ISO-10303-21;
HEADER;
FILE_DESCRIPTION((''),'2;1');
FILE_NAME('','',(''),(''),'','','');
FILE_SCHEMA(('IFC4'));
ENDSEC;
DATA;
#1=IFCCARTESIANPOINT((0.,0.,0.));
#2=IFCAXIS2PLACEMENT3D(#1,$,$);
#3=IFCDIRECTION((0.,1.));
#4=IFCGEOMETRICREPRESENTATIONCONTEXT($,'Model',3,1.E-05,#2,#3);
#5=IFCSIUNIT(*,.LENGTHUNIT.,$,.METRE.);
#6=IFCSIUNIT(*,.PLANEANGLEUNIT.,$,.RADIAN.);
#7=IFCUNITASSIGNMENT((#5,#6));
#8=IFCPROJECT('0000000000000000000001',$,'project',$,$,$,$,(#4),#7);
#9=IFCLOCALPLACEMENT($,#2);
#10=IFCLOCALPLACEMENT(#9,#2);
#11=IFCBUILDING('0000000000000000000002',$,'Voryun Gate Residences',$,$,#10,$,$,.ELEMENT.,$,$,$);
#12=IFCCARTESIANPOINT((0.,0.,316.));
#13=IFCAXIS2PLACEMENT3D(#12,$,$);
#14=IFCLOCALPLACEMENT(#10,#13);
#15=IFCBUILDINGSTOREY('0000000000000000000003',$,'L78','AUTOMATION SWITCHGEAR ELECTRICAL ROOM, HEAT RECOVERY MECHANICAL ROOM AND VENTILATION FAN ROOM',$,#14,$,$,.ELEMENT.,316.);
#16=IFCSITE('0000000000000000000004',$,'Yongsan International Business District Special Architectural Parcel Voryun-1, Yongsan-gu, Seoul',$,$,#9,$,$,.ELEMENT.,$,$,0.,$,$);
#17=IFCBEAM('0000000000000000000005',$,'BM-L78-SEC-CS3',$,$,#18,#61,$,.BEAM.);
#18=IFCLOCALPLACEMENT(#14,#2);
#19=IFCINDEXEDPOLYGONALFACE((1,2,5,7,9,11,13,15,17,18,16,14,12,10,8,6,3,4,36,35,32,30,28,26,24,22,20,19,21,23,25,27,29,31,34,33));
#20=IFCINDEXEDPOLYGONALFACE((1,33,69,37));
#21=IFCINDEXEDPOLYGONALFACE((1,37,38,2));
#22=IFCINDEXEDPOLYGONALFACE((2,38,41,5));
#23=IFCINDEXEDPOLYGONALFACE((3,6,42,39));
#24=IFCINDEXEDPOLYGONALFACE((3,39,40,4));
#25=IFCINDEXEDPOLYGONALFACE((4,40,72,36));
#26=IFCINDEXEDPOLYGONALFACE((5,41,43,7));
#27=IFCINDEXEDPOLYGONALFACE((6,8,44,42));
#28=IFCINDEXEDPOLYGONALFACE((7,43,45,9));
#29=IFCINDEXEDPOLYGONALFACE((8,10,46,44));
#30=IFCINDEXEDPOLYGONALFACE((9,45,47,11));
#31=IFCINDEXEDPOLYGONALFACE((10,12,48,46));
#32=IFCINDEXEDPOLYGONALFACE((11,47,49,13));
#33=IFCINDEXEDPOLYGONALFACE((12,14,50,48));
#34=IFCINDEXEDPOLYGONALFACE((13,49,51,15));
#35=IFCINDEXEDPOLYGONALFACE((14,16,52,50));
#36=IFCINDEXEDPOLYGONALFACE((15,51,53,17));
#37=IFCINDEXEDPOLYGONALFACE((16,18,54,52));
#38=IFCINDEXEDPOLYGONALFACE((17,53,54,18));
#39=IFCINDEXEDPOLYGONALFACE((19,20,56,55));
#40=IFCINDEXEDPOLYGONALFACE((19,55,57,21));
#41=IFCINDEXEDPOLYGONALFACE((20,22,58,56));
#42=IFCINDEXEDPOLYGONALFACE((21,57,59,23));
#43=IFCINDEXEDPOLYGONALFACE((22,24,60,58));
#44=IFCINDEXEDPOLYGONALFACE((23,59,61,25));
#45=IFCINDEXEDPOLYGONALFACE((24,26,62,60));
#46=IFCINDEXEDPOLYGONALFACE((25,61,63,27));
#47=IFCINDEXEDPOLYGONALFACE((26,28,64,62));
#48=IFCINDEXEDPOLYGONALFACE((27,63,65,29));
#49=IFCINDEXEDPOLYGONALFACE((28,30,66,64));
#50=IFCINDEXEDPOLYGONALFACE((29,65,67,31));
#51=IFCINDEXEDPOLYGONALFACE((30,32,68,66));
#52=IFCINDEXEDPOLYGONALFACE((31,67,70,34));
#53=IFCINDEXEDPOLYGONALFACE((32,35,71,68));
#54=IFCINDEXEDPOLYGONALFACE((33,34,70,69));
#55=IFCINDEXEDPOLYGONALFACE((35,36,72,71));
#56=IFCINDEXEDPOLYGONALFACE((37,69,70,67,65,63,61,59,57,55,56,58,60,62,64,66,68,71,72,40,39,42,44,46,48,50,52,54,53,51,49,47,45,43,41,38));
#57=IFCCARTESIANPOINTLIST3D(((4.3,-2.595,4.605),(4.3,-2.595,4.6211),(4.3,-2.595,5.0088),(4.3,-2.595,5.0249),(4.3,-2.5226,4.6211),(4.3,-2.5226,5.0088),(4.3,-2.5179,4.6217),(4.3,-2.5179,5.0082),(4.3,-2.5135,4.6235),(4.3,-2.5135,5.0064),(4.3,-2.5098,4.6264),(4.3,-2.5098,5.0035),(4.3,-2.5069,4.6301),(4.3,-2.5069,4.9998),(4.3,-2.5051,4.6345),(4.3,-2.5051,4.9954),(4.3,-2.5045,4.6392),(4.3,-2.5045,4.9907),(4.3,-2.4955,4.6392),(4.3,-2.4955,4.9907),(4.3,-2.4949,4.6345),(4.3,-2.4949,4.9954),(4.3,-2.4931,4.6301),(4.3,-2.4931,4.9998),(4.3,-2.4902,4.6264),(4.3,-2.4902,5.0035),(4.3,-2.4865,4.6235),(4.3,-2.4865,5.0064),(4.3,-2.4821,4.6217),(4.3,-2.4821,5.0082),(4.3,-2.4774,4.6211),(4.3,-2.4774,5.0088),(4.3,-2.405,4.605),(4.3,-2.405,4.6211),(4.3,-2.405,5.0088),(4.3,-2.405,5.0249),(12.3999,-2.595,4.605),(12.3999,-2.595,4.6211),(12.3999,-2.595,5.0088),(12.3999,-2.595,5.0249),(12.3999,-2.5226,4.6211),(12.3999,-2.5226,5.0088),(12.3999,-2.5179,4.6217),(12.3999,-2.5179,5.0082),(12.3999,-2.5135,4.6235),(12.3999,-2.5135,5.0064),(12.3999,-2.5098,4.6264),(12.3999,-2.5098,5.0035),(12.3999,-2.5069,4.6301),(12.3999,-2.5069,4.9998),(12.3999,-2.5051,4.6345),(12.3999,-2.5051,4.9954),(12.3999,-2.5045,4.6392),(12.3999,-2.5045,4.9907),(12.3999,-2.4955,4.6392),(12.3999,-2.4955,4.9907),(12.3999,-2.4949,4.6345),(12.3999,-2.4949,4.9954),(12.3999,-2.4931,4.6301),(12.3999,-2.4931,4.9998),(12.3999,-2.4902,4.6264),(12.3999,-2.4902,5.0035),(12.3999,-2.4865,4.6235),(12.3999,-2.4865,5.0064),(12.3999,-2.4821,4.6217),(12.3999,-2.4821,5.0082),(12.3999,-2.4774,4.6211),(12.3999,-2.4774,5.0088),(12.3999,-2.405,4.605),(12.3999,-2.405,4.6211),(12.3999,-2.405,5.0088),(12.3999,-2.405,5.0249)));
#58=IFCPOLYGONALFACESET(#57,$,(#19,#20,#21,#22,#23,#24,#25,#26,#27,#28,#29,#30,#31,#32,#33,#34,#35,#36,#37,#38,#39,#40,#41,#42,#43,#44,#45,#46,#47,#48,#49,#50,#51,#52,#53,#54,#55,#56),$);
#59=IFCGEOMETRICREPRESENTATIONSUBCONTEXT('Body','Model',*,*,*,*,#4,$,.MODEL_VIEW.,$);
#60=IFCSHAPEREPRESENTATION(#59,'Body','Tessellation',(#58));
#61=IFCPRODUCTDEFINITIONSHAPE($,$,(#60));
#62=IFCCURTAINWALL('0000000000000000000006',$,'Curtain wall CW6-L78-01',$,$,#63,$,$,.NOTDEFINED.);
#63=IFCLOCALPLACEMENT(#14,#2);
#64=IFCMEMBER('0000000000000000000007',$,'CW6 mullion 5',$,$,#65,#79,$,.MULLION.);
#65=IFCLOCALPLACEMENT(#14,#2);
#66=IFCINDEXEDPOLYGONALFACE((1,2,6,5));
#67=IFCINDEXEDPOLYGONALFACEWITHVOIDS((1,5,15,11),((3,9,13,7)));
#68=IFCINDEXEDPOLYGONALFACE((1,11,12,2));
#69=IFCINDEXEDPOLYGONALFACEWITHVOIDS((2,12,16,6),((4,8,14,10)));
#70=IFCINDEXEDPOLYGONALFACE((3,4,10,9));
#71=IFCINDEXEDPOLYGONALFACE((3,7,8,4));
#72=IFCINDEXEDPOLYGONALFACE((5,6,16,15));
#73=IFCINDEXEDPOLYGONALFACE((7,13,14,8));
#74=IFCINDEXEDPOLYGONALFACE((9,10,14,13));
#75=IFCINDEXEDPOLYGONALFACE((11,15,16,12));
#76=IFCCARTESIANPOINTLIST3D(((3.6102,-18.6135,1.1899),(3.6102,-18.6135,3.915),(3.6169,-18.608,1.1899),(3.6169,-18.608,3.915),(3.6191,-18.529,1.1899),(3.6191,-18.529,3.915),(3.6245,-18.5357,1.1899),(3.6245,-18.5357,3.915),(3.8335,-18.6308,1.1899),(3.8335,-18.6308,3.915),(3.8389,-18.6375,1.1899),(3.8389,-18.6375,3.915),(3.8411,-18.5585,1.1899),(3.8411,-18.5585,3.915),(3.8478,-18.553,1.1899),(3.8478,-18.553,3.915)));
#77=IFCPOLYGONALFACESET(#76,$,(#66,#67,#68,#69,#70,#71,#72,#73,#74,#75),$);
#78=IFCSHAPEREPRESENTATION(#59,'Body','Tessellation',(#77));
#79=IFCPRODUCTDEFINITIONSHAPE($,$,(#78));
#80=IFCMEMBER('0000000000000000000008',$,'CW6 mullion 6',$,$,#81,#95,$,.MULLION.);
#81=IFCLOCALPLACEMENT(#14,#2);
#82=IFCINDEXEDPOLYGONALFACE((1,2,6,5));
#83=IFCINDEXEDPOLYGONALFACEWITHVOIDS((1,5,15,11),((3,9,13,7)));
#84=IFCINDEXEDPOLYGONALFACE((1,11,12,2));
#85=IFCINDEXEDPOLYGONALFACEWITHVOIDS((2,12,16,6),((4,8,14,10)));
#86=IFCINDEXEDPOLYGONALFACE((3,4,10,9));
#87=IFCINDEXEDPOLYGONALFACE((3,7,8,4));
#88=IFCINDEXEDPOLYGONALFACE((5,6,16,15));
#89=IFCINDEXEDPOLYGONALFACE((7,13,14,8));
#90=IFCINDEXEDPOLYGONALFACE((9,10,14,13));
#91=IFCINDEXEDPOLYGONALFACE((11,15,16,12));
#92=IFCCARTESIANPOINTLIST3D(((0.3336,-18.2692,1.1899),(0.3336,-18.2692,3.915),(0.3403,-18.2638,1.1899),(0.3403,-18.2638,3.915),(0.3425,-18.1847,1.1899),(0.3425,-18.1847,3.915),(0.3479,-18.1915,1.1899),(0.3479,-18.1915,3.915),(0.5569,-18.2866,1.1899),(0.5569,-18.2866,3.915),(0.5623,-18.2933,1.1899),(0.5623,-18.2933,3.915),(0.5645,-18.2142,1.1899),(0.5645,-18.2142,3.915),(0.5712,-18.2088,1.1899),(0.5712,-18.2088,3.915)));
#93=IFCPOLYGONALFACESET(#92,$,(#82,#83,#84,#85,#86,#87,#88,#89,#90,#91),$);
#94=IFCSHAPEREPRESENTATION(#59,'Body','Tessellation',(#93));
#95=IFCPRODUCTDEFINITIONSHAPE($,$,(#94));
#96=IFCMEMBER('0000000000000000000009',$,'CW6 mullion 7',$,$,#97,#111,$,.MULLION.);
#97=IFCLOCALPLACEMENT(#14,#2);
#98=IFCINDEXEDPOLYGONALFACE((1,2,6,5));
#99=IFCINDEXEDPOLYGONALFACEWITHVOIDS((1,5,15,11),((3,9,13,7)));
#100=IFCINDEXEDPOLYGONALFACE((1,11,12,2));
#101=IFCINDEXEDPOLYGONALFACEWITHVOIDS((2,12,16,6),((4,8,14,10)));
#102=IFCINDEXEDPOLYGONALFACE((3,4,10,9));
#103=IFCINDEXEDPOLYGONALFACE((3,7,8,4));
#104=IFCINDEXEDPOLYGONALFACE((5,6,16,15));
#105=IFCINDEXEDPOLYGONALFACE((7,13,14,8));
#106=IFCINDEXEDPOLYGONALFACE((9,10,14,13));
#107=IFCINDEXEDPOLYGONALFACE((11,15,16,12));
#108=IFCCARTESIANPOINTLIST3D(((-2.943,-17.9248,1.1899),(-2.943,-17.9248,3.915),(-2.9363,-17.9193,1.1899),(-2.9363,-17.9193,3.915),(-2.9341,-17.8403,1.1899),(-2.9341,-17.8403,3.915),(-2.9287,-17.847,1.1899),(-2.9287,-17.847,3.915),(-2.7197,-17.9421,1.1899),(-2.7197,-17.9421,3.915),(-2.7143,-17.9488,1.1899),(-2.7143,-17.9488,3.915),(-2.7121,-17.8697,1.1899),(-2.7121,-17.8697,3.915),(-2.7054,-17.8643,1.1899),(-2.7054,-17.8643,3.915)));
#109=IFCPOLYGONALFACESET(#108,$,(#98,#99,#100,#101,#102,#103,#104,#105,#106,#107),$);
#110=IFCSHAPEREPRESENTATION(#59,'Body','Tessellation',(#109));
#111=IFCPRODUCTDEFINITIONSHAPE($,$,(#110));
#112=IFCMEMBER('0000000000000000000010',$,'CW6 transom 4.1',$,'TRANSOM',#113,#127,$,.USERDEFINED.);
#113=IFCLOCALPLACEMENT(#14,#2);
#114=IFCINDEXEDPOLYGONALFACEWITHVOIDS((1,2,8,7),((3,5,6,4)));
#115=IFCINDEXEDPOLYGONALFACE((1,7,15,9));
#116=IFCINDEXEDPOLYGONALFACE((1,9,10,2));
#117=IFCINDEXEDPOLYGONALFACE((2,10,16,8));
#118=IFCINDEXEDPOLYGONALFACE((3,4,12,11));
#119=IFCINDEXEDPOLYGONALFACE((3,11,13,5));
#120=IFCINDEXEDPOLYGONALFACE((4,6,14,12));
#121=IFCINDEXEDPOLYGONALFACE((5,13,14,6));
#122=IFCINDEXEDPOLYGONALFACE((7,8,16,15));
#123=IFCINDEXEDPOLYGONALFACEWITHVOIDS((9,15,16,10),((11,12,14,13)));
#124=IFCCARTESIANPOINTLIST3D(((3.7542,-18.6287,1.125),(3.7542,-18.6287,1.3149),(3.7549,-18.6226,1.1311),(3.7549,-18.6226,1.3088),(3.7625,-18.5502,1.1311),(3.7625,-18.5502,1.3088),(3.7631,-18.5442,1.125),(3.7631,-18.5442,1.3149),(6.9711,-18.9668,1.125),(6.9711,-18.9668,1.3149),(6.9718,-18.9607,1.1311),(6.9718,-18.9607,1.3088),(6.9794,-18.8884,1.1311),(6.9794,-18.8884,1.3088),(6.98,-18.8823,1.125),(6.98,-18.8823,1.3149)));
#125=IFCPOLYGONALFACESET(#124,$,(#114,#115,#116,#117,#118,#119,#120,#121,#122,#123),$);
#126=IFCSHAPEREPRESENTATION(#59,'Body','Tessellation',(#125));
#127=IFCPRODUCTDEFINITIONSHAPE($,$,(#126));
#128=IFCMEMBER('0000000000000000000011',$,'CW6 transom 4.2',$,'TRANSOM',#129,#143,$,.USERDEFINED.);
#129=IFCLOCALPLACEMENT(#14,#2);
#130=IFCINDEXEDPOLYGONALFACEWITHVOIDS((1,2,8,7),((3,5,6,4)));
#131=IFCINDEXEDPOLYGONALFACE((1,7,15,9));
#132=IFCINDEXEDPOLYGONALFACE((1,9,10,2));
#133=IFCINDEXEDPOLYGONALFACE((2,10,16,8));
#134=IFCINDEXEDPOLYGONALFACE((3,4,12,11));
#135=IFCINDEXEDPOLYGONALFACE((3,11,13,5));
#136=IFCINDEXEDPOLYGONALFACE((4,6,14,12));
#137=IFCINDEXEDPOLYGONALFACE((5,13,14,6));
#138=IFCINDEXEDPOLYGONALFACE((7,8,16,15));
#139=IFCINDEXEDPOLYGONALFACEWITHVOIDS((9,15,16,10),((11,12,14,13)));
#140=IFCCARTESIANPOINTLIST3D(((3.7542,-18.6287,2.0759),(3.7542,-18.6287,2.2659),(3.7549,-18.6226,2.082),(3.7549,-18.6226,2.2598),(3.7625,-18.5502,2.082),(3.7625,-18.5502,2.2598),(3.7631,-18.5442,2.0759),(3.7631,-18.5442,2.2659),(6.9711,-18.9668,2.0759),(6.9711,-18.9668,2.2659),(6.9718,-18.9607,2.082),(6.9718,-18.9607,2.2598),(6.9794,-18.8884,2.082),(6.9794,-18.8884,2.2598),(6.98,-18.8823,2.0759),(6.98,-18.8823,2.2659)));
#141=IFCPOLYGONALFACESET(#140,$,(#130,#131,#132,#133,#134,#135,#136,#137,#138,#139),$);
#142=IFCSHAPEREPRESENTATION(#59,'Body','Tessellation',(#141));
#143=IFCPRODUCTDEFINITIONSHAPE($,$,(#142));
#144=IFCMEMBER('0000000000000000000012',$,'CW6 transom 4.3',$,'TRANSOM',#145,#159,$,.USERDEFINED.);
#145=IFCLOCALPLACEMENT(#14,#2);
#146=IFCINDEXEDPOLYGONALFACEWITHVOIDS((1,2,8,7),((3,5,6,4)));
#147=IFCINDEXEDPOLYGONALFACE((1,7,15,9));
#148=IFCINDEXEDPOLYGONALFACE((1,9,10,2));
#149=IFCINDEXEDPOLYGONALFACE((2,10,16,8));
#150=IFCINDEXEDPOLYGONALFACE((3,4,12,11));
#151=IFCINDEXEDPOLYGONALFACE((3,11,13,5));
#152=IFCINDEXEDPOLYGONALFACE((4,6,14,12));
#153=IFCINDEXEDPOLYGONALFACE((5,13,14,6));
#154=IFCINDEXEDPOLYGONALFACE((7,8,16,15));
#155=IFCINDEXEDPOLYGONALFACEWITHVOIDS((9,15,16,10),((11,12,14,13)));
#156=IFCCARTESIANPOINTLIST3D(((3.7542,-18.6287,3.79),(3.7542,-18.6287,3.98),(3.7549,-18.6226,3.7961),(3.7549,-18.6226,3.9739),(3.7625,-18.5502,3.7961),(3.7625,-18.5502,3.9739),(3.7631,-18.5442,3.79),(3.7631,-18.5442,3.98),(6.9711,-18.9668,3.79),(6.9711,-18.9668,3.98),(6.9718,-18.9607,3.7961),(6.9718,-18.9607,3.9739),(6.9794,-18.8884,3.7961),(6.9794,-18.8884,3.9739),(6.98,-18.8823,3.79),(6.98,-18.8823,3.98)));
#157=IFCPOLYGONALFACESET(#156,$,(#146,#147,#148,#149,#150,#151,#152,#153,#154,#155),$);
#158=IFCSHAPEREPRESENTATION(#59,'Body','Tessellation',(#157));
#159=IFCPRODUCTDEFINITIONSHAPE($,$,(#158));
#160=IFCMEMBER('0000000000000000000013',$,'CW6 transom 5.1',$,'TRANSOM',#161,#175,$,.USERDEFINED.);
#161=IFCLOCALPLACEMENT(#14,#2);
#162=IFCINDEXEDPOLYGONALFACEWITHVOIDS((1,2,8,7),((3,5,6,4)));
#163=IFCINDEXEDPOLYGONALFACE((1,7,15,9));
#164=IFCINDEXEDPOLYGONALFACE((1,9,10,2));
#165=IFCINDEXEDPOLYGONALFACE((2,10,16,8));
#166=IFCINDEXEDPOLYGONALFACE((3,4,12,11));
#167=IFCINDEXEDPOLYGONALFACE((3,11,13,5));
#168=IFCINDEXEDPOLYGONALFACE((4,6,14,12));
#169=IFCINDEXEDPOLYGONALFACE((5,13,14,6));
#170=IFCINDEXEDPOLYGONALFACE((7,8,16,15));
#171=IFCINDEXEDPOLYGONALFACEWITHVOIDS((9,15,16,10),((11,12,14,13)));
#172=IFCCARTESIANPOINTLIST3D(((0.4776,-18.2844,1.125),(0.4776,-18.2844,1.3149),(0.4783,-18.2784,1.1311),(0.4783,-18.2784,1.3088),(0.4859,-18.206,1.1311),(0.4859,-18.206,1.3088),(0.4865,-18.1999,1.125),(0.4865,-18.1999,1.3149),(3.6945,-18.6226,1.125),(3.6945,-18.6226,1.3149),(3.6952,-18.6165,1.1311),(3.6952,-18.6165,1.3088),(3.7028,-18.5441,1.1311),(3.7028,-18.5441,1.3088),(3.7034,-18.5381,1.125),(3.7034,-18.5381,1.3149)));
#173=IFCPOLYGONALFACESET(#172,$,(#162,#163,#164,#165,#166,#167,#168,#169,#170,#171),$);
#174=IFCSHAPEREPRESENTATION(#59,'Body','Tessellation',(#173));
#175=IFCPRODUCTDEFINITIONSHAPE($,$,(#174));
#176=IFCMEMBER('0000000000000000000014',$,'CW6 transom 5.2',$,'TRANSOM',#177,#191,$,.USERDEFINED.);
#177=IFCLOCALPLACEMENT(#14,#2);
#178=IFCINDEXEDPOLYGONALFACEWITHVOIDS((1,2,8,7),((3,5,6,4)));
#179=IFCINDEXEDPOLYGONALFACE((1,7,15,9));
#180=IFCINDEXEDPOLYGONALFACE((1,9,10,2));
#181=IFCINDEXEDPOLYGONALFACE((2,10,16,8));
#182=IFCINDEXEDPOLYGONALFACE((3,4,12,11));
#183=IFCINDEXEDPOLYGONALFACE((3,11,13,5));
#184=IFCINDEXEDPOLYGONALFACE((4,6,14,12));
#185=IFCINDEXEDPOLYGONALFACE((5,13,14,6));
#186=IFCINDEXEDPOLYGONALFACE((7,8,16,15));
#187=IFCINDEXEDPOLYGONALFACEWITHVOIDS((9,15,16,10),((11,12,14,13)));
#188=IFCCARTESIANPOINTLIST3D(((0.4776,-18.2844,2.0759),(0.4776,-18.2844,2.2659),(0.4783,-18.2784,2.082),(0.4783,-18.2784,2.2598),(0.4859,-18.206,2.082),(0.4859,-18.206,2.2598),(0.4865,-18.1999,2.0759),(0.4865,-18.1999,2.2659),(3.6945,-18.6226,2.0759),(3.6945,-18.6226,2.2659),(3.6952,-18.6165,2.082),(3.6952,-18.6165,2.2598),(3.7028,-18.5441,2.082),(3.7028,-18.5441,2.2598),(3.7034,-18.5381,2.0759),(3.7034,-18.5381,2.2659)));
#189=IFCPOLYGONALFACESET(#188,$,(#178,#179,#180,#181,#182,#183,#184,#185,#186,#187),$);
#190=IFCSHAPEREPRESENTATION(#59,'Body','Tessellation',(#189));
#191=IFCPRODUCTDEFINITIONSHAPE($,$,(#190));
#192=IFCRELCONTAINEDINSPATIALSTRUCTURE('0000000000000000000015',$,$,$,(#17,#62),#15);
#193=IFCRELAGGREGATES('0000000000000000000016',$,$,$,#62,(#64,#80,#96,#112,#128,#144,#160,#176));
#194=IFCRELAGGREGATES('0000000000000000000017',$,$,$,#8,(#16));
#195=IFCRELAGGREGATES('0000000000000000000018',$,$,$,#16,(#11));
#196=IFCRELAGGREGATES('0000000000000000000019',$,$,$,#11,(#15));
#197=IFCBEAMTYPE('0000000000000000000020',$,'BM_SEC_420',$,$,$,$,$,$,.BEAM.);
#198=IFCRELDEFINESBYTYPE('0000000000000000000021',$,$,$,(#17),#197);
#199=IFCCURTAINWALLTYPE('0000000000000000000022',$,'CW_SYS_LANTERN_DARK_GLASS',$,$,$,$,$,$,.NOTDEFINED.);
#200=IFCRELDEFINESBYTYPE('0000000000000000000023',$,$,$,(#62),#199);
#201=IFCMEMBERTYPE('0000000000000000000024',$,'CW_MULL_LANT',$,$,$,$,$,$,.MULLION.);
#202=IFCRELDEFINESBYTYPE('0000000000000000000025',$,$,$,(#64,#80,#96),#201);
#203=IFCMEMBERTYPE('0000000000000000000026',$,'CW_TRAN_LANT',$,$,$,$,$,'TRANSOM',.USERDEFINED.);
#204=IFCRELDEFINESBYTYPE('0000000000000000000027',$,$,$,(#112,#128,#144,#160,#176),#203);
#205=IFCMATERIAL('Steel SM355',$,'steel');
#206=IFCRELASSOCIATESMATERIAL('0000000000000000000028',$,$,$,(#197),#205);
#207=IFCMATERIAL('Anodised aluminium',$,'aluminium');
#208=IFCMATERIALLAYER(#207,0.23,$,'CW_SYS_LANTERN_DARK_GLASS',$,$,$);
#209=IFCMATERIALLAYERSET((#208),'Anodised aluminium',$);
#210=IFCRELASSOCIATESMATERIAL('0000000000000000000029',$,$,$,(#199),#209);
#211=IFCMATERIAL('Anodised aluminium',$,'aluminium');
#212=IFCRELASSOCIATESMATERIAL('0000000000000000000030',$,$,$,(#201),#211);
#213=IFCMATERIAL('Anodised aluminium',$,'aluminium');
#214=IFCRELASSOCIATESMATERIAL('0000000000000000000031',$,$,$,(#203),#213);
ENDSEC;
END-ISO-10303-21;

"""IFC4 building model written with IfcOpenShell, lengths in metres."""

from ifc_helpers import new_model, si_unit, direction, frame, origin, origin_2d, place, context, subcontext, project, spatial, hollow_rectangle, i_section, extrude, material, layer, layer_set, material_profile, profile_set, type_object, element, aggregate, save


model = new_model("IFC4")

# Units and contexts
model_context = context("Model", 3, precision=1e-05, world=origin(), true_north=direction((0.0, 1.0)))
body_context = subcontext(model_context, "Body", "Model", "MODEL_VIEW")
ifc_project = project(units=[si_unit("LENGTHUNIT", "METRE"), si_unit("PLANEANGLEUNIT", "RADIAN")], contexts=[model_context])

# Site, building, storey
site_placement = place(None, origin())
site = spatial("IfcSite", under=ifc_project, at=site_placement, Name="Yongsan International Business District Special Architectural Parcel Voryun-1, Yongsan-gu, Seoul", CompositionType="ELEMENT", RefElevation=0.0)
building_placement = place(site_placement, origin())
building = spatial("IfcBuilding", under=site, at=building_placement, Name="Voryun Gate Residences", CompositionType="ELEMENT")
storey_placement = place(building_placement, frame((0.0, 0.0, 316.0)))
storey = spatial("IfcBuildingStorey", under=building, at=storey_placement, Name="L78", Description="AUTOMATION SWITCHGEAR ELECTRICAL ROOM, HEAT RECOVERY MECHANICAL ROOM AND VENTILATION FAN ROOM", CompositionType="ELEMENT", Elevation=316.0)

# Beam
ifc_material_1 = material(Name="Steel SM355", Category="steel")
ifc_material_profile_1 = material_profile(ifc_material_1, i_section(OverallWidth=0.1899, OverallDepth=0.4199, WebThickness=0.009, FlangeThickness=0.0161, FilletRadius=0.0181, at=origin_2d()), Name="H-420x190x9x16")
ifc_profile_set_1 = profile_set([ifc_material_profile_1], Name="Steel SM355")
beam_type_1 = type_object("IfcBeamType", Name="BM_SEC_420", PredefinedType="BEAM", material=ifc_profile_set_1)
beam_1_placement = place(storey_placement, frame((4.3, -2.5, 4.8149), z_axis=(1.0, 0.0, 0.0), x_axis=(0.0, 1.0, 0.0)))
element("IfcBeam", 1, at=beam_1_placement, inside=storey, type_object=beam_type_1, Name="BM-L78-SEC-CS3", PredefinedType="BEAM", context=body_context, shape_type="SweptSolid", body=[
    extrude(i_section(OverallWidth=0.1899, OverallDepth=0.4199, WebThickness=0.009, FlangeThickness=0.0161, FilletRadius=0.0181, at=origin_2d()), origin(), (0.0, 0.0, 1.0), 8.0999),
])

# Curtain wall, members
ifc_material_2 = material(Name="Anodised aluminium", Category="aluminium")
ifc_layer_1 = layer(ifc_material_2, 0.23, Name="CW_SYS_LANTERN_DARK_GLASS")
ifc_layer_set_1 = layer_set([ifc_layer_1], Name="Anodised aluminium")
curtain_wall_type = type_object("IfcCurtainWallType", Name="CW_SYS_LANTERN_DARK_GLASS", PredefinedType="NOTDEFINED", material=ifc_layer_set_1)
curtain_wall_placement = place(storey_placement, origin())
curtain_wall = element("IfcCurtainWall", 2, at=curtain_wall_placement, inside=storey, type_object=curtain_wall_type, Name="Curtain wall CW6-L78-01", PredefinedType="NOTDEFINED")
ifc_material_3 = material(Name="Anodised aluminium", Category="aluminium")
ifc_material_profile_2 = material_profile(ifc_material_3, hollow_rectangle(XDim=0.085, YDim=0.23, WallThickness=0.0061, at=origin_2d()), Name="ALU-MULL-230x85x6")
ifc_profile_set_2 = profile_set([ifc_material_profile_2], Name="Anodised aluminium")
member_type_1 = type_object("IfcMemberType", Name="CW_MULL_LANT", PredefinedType="MULLION", material=ifc_profile_set_2)
member_1_placement = place(storey_placement, frame((3.729, -18.5833, 1.1899), z_axis=(0.0, 0.0, 1.0), x_axis=(-0.104528, -0.994522, 0.0)))
member_1 = element("IfcMember", 3, at=member_1_placement, type_object=member_type_1, Name="CW6 mullion 5", PredefinedType="MULLION", context=body_context, shape_type="SweptSolid", body=[
    extrude(hollow_rectangle(XDim=0.085, YDim=0.23, WallThickness=0.0061, at=origin_2d()), origin(), (0.0, 0.0, 1.0), 2.7251),
])
member_2_placement = place(storey_placement, frame((0.4524, -18.239, 1.1899), z_axis=(0.0, 0.0, 1.0), x_axis=(-0.104528, -0.994522, 0.0)))
member_2 = element("IfcMember", 4, at=member_2_placement, type_object=member_type_1, Name="CW6 mullion 6", PredefinedType="MULLION", context=body_context, shape_type="SweptSolid", body=[
    extrude(hollow_rectangle(XDim=0.085, YDim=0.23, WallThickness=0.0061, at=origin_2d()), origin(), (0.0, 0.0, 1.0), 2.7251),
])
member_3_placement = place(storey_placement, frame((-2.8242, -17.8945, 1.1899), z_axis=(0.0, 0.0, 1.0), x_axis=(-0.104528, -0.994522, 0.0)))
member_3 = element("IfcMember", 5, at=member_3_placement, type_object=member_type_1, Name="CW6 mullion 7", PredefinedType="MULLION", context=body_context, shape_type="SweptSolid", body=[
    extrude(hollow_rectangle(XDim=0.085, YDim=0.23, WallThickness=0.0061, at=origin_2d()), origin(), (0.0, 0.0, 1.0), 2.7251),
])
ifc_material_4 = material(Name="Anodised aluminium", Category="aluminium")
ifc_material_profile_3 = material_profile(ifc_material_4, hollow_rectangle(XDim=0.085, YDim=0.1899, WallThickness=0.0061, at=origin_2d()), Name="ALU-TRAN-190x85x6")
ifc_profile_set_3 = profile_set([ifc_material_profile_3], Name="Anodised aluminium")
member_type_2 = type_object("IfcMemberType", Name="CW_TRAN_LANT", ElementType="TRANSOM", PredefinedType="USERDEFINED", material=ifc_profile_set_3)
member_4_placement = place(storey_placement, frame((6.9756, -18.9246, 1.22), z_axis=(-0.994521, 0.104539, 0.0), x_axis=(-0.104539, -0.994521, 0.0)))
member_4 = element("IfcMember", 6, at=member_4_placement, type_object=member_type_2, Name="CW6 transom 4.1", ObjectType="TRANSOM", PredefinedType="USERDEFINED", context=body_context, shape_type="SweptSolid", body=[
    extrude(hollow_rectangle(XDim=0.085, YDim=0.1899, WallThickness=0.0061, at=origin_2d()), origin(), (0.0, 0.0, 1.0), 3.2346),
])
member_5_placement = place(storey_placement, frame((6.9756, -18.9246, 2.1709), z_axis=(-0.994521, 0.104539, 0.0), x_axis=(-0.104539, -0.994521, 0.0)))
member_5 = element("IfcMember", 7, at=member_5_placement, type_object=member_type_2, Name="CW6 transom 4.2", ObjectType="TRANSOM", PredefinedType="USERDEFINED", context=body_context, shape_type="SweptSolid", body=[
    extrude(hollow_rectangle(XDim=0.085, YDim=0.1899, WallThickness=0.0061, at=origin_2d()), origin(), (0.0, 0.0, 1.0), 3.2346),
])
member_6_placement = place(storey_placement, frame((6.9756, -18.9246, 3.885), z_axis=(-0.994521, 0.104539, 0.0), x_axis=(-0.104539, -0.994521, 0.0)))
member_6 = element("IfcMember", 8, at=member_6_placement, type_object=member_type_2, Name="CW6 transom 4.3", ObjectType="TRANSOM", PredefinedType="USERDEFINED", context=body_context, shape_type="SweptSolid", body=[
    extrude(hollow_rectangle(XDim=0.085, YDim=0.1899, WallThickness=0.0061, at=origin_2d()), origin(), (0.0, 0.0, 1.0), 3.2346),
])
member_7_placement = place(storey_placement, frame((3.699, -18.5803, 1.22), z_axis=(-0.994521, 0.104539, 0.0), x_axis=(-0.104539, -0.994521, 0.0)))
member_7 = element("IfcMember", 9, at=member_7_placement, type_object=member_type_2, Name="CW6 transom 5.1", ObjectType="TRANSOM", PredefinedType="USERDEFINED", context=body_context, shape_type="SweptSolid", body=[
    extrude(hollow_rectangle(XDim=0.085, YDim=0.1899, WallThickness=0.0061, at=origin_2d()), origin(), (0.0, 0.0, 1.0), 3.2346),
])
member_8_placement = place(storey_placement, frame((3.699, -18.5803, 2.1709), z_axis=(-0.994521, 0.104539, 0.0), x_axis=(-0.104539, -0.994521, 0.0)))
member_8 = element("IfcMember", 10, at=member_8_placement, type_object=member_type_2, Name="CW6 transom 5.2", ObjectType="TRANSOM", PredefinedType="USERDEFINED", context=body_context, shape_type="SweptSolid", body=[
    extrude(hollow_rectangle(XDim=0.085, YDim=0.1899, WallThickness=0.0061, at=origin_2d()), origin(), (0.0, 0.0, 1.0), 3.2346),
])

aggregate(curtain_wall, [member_1, member_2, member_3, member_4, member_5, member_6, member_7, member_8])

save(model, "model.ifc")
